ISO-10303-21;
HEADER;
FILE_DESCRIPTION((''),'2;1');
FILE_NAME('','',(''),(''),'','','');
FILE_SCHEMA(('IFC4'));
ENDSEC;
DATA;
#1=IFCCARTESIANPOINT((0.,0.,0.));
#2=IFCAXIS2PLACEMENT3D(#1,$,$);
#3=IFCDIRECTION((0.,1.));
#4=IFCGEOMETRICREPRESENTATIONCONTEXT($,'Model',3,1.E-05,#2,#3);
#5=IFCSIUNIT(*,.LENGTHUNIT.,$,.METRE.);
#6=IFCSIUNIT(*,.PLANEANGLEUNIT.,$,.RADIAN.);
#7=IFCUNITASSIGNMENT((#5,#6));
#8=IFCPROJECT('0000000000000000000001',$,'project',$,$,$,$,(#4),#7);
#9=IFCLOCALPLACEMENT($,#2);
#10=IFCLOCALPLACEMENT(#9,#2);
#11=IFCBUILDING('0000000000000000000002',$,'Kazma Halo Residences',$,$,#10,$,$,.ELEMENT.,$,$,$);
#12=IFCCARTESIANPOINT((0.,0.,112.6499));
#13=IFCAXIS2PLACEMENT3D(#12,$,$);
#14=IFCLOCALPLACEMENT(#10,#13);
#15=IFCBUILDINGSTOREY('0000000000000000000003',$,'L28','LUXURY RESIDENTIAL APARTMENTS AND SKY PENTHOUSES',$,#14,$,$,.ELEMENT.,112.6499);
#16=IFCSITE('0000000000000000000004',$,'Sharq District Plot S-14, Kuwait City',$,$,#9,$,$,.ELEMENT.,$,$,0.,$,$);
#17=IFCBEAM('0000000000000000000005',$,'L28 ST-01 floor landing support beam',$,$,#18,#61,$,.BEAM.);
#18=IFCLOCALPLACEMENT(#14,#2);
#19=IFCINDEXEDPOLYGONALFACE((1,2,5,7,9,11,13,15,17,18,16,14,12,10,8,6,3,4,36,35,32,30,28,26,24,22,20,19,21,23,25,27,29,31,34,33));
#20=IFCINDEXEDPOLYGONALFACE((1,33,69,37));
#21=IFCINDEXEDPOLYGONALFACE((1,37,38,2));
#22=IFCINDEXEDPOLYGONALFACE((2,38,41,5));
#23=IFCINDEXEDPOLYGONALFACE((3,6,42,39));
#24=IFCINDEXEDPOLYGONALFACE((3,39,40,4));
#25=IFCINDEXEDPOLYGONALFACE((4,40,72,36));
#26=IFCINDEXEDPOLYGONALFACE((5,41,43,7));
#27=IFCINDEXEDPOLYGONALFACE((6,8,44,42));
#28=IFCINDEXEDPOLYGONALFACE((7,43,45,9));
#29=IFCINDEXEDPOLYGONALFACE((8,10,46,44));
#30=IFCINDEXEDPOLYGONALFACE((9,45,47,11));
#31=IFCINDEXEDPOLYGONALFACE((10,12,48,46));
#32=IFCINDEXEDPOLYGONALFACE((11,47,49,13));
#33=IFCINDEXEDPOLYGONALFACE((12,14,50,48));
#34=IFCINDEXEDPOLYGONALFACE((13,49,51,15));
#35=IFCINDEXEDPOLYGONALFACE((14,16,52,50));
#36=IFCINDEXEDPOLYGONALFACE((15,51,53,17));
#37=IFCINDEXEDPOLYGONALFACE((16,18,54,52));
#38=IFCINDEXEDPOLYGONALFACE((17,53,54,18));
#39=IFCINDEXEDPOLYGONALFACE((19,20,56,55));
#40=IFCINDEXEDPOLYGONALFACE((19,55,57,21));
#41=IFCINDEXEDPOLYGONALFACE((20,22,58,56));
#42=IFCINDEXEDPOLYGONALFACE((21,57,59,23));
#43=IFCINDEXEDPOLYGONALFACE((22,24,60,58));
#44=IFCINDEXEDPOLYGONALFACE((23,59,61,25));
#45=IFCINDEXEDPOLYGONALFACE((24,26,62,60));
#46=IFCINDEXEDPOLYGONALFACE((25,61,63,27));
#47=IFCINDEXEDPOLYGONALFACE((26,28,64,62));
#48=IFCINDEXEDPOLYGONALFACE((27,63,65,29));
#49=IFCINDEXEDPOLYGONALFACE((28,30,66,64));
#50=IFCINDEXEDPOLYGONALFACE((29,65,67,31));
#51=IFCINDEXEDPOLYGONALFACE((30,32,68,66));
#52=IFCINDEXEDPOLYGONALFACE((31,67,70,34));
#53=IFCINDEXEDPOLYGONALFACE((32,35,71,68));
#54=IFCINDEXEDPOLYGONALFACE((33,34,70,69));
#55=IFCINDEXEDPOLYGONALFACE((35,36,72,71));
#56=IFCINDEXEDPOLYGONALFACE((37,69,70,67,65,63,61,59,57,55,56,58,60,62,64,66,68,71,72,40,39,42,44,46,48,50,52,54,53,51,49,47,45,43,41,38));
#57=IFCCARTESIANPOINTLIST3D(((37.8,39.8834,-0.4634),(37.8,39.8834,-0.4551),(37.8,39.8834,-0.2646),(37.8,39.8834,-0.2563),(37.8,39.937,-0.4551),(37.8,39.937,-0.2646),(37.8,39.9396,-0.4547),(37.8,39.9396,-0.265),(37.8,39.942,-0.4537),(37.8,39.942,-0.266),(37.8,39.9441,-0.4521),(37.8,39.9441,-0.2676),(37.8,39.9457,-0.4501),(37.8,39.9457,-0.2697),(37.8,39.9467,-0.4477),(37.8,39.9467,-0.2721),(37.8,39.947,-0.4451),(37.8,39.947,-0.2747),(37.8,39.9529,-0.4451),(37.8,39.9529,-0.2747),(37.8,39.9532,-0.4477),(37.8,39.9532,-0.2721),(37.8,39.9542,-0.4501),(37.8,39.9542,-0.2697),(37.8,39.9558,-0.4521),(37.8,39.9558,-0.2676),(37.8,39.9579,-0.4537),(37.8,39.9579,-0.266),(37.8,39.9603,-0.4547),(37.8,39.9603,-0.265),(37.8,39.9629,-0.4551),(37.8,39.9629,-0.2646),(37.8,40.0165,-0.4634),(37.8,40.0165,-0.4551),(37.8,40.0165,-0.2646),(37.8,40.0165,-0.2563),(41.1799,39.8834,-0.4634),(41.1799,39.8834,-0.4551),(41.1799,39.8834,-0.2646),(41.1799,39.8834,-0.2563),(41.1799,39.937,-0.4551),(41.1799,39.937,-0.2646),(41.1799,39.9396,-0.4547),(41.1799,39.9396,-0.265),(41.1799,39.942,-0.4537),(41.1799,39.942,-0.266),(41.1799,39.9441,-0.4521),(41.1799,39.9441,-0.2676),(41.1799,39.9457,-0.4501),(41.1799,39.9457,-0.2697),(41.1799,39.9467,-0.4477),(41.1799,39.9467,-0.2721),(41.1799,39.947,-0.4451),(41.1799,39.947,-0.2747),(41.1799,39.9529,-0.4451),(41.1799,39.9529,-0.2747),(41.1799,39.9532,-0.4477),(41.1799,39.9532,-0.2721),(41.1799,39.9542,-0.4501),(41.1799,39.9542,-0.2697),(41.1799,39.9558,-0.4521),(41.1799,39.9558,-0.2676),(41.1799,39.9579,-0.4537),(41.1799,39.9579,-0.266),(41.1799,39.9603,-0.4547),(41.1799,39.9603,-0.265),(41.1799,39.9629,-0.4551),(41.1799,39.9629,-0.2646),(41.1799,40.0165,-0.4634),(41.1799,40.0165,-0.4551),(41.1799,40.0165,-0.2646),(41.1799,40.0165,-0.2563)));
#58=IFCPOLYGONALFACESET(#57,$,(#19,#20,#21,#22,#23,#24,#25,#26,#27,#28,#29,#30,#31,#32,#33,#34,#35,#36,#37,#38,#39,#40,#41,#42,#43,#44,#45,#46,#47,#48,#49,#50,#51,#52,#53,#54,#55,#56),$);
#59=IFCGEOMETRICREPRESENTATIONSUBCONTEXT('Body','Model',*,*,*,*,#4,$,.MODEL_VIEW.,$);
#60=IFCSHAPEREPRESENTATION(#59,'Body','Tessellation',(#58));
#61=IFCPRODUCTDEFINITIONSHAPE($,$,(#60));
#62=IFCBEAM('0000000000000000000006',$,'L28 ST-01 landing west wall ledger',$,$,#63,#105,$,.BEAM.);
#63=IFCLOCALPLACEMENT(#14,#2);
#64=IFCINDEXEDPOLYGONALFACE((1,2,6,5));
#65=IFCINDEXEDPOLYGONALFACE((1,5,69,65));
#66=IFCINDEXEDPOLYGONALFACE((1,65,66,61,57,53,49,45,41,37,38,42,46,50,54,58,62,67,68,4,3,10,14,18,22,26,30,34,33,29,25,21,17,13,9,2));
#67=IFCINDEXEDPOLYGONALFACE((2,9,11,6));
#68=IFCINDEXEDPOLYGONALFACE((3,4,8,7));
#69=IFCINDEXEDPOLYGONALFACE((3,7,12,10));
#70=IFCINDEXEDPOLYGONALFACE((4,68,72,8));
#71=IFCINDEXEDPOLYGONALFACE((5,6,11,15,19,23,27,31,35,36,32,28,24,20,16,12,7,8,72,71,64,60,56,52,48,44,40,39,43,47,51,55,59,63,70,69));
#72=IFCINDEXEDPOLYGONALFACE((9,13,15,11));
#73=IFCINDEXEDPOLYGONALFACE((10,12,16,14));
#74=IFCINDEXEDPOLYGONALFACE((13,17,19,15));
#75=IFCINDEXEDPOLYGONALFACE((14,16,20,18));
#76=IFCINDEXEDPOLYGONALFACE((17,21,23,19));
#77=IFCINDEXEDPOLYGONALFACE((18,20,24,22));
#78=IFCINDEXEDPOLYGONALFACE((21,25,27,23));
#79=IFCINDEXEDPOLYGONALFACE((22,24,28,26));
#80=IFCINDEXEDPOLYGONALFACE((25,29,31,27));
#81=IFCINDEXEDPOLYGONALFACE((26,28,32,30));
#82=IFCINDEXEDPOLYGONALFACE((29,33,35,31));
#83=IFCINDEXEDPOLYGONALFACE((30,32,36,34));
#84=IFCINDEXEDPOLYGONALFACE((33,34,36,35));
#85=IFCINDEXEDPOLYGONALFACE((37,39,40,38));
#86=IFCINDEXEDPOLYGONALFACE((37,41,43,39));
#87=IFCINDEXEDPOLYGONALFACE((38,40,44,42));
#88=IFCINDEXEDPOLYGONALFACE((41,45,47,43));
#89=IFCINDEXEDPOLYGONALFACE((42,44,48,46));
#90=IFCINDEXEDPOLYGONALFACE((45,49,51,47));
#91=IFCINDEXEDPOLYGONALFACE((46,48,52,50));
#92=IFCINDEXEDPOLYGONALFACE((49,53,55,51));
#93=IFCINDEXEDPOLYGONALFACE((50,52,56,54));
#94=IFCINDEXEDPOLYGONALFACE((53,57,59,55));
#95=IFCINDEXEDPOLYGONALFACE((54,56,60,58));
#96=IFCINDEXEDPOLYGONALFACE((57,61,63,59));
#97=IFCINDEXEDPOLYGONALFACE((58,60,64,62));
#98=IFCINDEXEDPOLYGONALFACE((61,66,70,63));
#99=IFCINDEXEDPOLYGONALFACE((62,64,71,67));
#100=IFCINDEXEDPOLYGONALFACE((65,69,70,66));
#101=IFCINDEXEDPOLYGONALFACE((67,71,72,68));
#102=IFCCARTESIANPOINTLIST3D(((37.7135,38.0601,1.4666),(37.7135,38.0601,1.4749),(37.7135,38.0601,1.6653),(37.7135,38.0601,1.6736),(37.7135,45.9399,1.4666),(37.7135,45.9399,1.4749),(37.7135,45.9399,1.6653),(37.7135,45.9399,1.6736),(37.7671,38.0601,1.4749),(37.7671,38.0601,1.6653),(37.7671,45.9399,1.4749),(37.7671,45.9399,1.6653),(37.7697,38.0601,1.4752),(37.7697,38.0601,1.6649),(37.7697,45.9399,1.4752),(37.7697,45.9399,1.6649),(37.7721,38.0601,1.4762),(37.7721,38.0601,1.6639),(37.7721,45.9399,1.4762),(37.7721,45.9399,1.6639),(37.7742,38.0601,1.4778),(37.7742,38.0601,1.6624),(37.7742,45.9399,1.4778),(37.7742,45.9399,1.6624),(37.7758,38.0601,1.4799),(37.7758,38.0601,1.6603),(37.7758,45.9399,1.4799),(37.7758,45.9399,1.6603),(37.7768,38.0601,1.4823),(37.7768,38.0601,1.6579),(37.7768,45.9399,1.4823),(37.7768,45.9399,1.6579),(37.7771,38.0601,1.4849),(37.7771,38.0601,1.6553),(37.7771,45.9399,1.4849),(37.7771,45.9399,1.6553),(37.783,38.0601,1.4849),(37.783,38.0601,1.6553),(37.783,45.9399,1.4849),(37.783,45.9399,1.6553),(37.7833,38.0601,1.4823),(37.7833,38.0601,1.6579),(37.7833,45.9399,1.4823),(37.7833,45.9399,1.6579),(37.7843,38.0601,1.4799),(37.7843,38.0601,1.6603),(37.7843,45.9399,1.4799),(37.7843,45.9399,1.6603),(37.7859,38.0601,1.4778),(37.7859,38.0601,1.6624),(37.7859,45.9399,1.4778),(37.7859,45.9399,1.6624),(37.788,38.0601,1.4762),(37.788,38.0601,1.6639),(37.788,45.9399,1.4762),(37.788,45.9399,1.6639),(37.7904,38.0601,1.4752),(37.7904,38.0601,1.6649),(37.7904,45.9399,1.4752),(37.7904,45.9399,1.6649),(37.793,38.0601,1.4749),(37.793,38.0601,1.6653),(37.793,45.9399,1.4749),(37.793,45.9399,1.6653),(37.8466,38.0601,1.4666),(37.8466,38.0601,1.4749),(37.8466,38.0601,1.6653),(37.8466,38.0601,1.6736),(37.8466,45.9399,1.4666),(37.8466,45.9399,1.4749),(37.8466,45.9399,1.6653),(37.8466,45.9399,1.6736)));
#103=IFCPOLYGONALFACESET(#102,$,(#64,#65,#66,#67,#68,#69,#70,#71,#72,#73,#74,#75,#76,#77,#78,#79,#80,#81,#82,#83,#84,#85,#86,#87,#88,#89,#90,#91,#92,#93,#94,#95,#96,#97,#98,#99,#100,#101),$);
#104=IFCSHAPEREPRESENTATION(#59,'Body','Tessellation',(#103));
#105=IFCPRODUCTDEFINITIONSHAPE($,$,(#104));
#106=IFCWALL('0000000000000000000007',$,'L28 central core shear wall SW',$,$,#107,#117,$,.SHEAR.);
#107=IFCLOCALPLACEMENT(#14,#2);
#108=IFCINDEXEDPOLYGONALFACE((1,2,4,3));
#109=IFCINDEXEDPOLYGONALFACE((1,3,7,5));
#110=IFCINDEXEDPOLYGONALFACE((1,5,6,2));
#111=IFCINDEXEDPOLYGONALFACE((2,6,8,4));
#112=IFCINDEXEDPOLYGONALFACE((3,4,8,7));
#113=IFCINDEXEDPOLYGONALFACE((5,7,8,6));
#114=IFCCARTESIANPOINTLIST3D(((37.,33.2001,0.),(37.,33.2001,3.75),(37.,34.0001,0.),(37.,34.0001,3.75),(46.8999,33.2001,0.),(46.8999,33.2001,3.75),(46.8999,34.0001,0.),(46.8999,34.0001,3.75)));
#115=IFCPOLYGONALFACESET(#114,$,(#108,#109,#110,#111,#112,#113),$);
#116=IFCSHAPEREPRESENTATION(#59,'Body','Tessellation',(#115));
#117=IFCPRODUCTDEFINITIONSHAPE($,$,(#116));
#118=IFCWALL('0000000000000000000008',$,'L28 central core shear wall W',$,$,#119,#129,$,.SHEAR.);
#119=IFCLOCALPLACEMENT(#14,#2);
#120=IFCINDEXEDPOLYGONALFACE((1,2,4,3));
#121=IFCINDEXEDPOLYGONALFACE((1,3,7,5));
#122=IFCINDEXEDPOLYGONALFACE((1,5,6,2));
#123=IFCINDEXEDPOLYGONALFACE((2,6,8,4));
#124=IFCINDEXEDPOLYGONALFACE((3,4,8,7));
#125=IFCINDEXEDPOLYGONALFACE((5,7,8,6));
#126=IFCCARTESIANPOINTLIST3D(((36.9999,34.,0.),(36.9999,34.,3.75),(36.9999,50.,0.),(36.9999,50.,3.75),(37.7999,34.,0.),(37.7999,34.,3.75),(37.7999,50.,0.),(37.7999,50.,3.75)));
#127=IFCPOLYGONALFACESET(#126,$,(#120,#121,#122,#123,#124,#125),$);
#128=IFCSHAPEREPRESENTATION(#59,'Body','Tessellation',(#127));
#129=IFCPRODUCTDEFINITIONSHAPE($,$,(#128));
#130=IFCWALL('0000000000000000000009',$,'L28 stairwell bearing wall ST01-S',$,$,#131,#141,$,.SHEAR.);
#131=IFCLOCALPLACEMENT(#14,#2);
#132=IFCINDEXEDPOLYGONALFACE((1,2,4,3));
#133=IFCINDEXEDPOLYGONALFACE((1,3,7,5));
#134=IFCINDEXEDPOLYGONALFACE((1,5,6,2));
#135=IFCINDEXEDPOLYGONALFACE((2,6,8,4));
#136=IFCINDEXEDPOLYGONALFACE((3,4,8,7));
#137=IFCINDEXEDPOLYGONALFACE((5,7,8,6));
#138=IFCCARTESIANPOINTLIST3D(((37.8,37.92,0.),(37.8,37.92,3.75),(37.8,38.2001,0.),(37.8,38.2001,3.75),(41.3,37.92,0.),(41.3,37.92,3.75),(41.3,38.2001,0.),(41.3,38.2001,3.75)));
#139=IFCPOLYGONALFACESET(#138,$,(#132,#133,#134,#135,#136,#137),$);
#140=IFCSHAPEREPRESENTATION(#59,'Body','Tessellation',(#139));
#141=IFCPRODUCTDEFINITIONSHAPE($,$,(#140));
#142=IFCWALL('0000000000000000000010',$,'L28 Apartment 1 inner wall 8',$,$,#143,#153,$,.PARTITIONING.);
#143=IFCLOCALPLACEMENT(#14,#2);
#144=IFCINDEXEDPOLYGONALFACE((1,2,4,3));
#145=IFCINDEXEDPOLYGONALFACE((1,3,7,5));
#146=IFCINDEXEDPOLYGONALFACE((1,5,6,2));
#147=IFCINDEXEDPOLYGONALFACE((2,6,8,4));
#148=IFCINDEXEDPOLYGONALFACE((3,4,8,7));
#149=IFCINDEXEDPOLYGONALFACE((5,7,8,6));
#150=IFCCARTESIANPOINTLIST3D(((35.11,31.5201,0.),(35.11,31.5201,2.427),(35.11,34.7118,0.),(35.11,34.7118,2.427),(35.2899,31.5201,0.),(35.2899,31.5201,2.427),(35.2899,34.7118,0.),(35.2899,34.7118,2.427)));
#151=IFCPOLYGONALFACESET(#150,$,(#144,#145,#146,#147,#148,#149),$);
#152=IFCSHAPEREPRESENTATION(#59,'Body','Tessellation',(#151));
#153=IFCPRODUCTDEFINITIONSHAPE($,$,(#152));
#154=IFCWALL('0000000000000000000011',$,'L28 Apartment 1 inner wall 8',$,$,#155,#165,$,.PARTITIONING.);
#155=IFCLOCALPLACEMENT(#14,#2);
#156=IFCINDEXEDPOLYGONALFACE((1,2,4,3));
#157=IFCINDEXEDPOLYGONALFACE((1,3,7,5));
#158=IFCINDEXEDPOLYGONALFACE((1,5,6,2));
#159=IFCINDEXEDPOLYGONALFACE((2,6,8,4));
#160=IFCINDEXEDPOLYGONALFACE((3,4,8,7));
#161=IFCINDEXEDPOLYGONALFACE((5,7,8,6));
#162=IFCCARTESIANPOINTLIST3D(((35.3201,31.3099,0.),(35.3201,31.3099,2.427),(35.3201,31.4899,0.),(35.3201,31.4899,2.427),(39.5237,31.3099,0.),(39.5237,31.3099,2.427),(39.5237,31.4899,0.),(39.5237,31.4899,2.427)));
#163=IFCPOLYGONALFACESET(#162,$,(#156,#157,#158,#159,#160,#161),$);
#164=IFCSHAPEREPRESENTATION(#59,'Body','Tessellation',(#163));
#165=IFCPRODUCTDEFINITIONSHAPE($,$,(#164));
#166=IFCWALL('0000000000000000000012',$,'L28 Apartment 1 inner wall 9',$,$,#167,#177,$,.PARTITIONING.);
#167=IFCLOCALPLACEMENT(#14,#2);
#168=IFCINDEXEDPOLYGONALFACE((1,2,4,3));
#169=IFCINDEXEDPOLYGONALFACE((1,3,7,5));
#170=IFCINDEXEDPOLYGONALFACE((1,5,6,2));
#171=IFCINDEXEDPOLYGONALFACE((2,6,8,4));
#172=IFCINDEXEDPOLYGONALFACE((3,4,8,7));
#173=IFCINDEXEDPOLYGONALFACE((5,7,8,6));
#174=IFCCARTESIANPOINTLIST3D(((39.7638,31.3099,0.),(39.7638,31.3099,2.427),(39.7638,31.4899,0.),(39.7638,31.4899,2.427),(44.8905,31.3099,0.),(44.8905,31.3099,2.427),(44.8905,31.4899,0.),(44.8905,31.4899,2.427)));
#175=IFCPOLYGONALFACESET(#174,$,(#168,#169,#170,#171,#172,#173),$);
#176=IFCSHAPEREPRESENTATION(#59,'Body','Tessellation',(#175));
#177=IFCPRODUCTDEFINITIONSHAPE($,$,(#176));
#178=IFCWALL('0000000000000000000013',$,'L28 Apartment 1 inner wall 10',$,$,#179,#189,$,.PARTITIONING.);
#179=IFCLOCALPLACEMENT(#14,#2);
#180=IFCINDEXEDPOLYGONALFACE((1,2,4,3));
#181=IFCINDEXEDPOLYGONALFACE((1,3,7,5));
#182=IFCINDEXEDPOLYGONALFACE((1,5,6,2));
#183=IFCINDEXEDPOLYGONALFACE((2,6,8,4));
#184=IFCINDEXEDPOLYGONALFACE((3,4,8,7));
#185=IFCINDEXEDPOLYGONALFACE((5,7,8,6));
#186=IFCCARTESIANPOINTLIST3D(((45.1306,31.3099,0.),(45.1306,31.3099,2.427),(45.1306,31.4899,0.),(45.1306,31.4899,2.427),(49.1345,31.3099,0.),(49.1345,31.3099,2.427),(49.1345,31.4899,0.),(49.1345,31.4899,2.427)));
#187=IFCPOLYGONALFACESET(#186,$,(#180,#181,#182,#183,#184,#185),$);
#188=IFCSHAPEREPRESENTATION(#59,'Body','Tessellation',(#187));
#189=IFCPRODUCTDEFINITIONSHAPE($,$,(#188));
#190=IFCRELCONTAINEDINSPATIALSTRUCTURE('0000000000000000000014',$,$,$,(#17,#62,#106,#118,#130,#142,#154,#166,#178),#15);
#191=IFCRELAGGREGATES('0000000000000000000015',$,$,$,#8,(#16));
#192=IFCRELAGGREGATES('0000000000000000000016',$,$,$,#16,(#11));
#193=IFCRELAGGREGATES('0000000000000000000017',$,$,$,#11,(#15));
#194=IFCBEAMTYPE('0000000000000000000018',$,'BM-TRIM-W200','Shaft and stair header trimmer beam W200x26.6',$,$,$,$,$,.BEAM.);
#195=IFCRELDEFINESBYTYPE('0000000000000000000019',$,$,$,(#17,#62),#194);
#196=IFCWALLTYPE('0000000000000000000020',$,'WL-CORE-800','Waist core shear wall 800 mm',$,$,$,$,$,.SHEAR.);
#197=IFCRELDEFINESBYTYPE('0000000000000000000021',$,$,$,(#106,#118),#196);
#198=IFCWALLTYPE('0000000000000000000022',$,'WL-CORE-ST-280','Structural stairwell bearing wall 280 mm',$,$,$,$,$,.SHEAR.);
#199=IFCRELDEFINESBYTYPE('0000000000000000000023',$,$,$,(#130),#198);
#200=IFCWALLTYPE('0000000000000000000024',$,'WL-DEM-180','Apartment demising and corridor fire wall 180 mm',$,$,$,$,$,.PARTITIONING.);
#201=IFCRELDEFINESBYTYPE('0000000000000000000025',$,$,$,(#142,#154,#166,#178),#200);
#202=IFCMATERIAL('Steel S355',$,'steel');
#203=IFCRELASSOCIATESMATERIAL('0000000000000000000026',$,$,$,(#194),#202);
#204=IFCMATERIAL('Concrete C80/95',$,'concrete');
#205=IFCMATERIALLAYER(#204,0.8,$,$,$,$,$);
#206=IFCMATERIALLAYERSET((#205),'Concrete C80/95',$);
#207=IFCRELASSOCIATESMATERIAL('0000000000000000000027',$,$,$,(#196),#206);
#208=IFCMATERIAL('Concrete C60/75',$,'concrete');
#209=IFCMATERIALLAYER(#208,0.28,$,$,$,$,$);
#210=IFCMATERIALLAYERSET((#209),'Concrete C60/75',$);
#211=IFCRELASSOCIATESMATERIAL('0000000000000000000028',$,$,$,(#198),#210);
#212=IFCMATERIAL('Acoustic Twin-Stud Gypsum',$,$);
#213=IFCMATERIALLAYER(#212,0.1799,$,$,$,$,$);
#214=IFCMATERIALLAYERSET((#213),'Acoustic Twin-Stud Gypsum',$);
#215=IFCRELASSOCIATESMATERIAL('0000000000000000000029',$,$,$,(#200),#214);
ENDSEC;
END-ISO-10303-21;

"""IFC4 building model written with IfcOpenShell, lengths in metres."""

from ifc_helpers import new_model, si_unit, direction, frame, frame_2d, origin, origin_2d, place, context, subcontext, project, spatial, rectangle, i_section, extrude, material, layer, layer_set, material_profile, profile_set, type_object, element, save


model = new_model("IFC4")

# Units and contexts
model_context = context("Model", 3, precision=1e-05, world=origin(), true_north=direction((0.0, 1.0)))
body_context = subcontext(model_context, "Body", "Model", "MODEL_VIEW")
ifc_project = project(units=[si_unit("LENGTHUNIT", "METRE"), si_unit("PLANEANGLEUNIT", "RADIAN")], contexts=[model_context])

# Site, building, storey
site_placement = place(None, origin())
site = spatial("IfcSite", under=ifc_project, at=site_placement, Name="Sharq District Plot S-14, Kuwait City", CompositionType="ELEMENT", RefElevation=0.0)
building_placement = place(site_placement, origin())
building = spatial("IfcBuilding", under=site, at=building_placement, Name="Kazma Halo Residences", CompositionType="ELEMENT")
storey_placement = place(building_placement, frame((0.0, 0.0, 112.6499)))
storey = spatial("IfcBuildingStorey", under=building, at=storey_placement, Name="L28", Description="LUXURY RESIDENTIAL APARTMENTS AND SKY PENTHOUSES", CompositionType="ELEMENT", Elevation=112.6499)

# Beams
ifc_material_1 = material(Name="Steel S355", Category="steel")
ifc_material_profile_1 = material_profile(ifc_material_1, i_section(OverallWidth=0.1331, OverallDepth=0.207, WebThickness=0.0059, FlangeThickness=0.0083, FilletRadius=0.01, at=origin_2d()), Name="W200x26.6")
ifc_profile_set_1 = profile_set([ifc_material_profile_1], Name="Steel S355")
beam_type_1 = type_object("IfcBeamType", Name="BM-TRIM-W200", Description="Shaft and stair header trimmer beam W200x26.6", PredefinedType="BEAM", material=ifc_profile_set_1)
beam_1_placement = place(storey_placement, frame((37.8, 39.95, -0.3599), z_axis=(1.0, 0.0, 0.0), x_axis=(0.0, 1.0, 0.0)))
element("IfcBeam", 1, at=beam_1_placement, inside=storey, type_object=beam_type_1, Name="L28 ST-01 floor landing support beam", PredefinedType="BEAM", context=body_context, shape_type="SweptSolid", body=[
    extrude(i_section(OverallWidth=0.1331, OverallDepth=0.207, WebThickness=0.0059, FlangeThickness=0.0083, FilletRadius=0.01, at=origin_2d()), origin(), (0.0, 0.0, 1.0), 3.3799),
])
beam_2_placement = place(storey_placement, frame((37.78, 38.0601, 1.5701), z_axis=(0.0, 1.0, 0.0), x_axis=(-1.0, 0.0, 0.0)))
element("IfcBeam", 2, at=beam_2_placement, inside=storey, type_object=beam_type_1, Name="L28 ST-01 landing west wall ledger", PredefinedType="BEAM", context=body_context, shape_type="SweptSolid", body=[
    extrude(i_section(OverallWidth=0.1331, OverallDepth=0.207, WebThickness=0.0059, FlangeThickness=0.0083, FilletRadius=0.01, at=origin_2d()), origin(), (0.0, 0.0, 1.0), 7.8799),
])

# Walls
ifc_material_2 = material(Name="Concrete C80/95", Category="concrete")
ifc_layer_1 = layer(ifc_material_2, 0.8)
ifc_layer_set_1 = layer_set([ifc_layer_1], Name="Concrete C80/95")
wall_type_1 = type_object("IfcWallType", Name="WL-CORE-800", Description="Waist core shear wall 800 mm", PredefinedType="SHEAR", material=ifc_layer_set_1)
wall_1_placement = place(storey_placement, frame((37.0, 33.6001, 0.0), z_axis=(0.0, 0.0, 1.0), x_axis=(1.0, 0.0, 0.0)))
element("IfcWall", 3, at=wall_1_placement, inside=storey, type_object=wall_type_1, Name="L28 central core shear wall SW", PredefinedType="SHEAR", context=body_context, shape_type="SweptSolid", body=[
    extrude(rectangle(XDim=9.8999, YDim=0.8, at=frame_2d((4.95, 0.0))), origin(), (0.0, 0.0, 1.0), 3.75),
])
wall_2_placement = place(storey_placement, frame((37.3999, 34.0, 0.0), z_axis=(0.0, 0.0, 1.0), x_axis=(0.0, 1.0, 0.0)))
element("IfcWall", 4, at=wall_2_placement, inside=storey, type_object=wall_type_1, Name="L28 central core shear wall W", PredefinedType="SHEAR", context=body_context, shape_type="SweptSolid", body=[
    extrude(rectangle(XDim=16.0, YDim=0.8, at=frame_2d((8.0, 0.0))), origin(), (0.0, 0.0, 1.0), 3.75),
])
ifc_material_3 = material(Name="Concrete C60/75", Category="concrete")
ifc_layer_2 = layer(ifc_material_3, 0.28)
ifc_layer_set_2 = layer_set([ifc_layer_2], Name="Concrete C60/75")
wall_type_2 = type_object("IfcWallType", Name="WL-CORE-ST-280", Description="Structural stairwell bearing wall 280 mm", PredefinedType="SHEAR", material=ifc_layer_set_2)
wall_3_placement = place(storey_placement, frame((37.8, 38.0601, 0.0), z_axis=(0.0, 0.0, 1.0), x_axis=(1.0, 0.0, 0.0)))
element("IfcWall", 5, at=wall_3_placement, inside=storey, type_object=wall_type_2, Name="L28 stairwell bearing wall ST01-S", PredefinedType="SHEAR", context=body_context, shape_type="SweptSolid", body=[
    extrude(rectangle(XDim=3.5, YDim=0.28, at=frame_2d((1.75, 0.0))), origin(), (0.0, 0.0, 1.0), 3.75),
])
ifc_material_4 = material(Name="Acoustic Twin-Stud Gypsum")
ifc_layer_3 = layer(ifc_material_4, 0.1799)
ifc_layer_set_3 = layer_set([ifc_layer_3], Name="Acoustic Twin-Stud Gypsum")
wall_type_3 = type_object("IfcWallType", Name="WL-DEM-180", Description="Apartment demising and corridor fire wall 180 mm", PredefinedType="PARTITIONING", material=ifc_layer_set_3)
wall_4_placement = place(storey_placement, frame((35.2, 34.7117, 0.0), z_axis=(0.0, 0.0, 1.0), x_axis=(0.0, -1.0, 0.0)))
element("IfcWall", 6, at=wall_4_placement, inside=storey, type_object=wall_type_3, Name="L28 Apartment 1 inner wall 8", PredefinedType="PARTITIONING", context=body_context, shape_type="SweptSolid", body=[
    extrude(rectangle(XDim=3.1917, YDim=0.1799, at=frame_2d((1.5957, 0.0))), origin(), (0.0, 0.0, 1.0), 2.427),
])
wall_5_placement = place(storey_placement, frame((35.3201, 31.3999, 0.0), z_axis=(0.0, 0.0, 1.0), x_axis=(1.0, 0.0, 0.0)))
element("IfcWall", 7, at=wall_5_placement, inside=storey, type_object=wall_type_3, Name="L28 Apartment 1 inner wall 8", PredefinedType="PARTITIONING", context=body_context, shape_type="SweptSolid", body=[
    extrude(rectangle(XDim=4.2036, YDim=0.1799, at=frame_2d((2.1018, 0.0))), origin(), (0.0, 0.0, 1.0), 2.427),
])
wall_6_placement = place(storey_placement, frame((39.7637, 31.3999, 0.0), z_axis=(0.0, 0.0, 1.0), x_axis=(1.0, 0.0, 0.0)))
element("IfcWall", 8, at=wall_6_placement, inside=storey, type_object=wall_type_3, Name="L28 Apartment 1 inner wall 9", PredefinedType="PARTITIONING", context=body_context, shape_type="SweptSolid", body=[
    extrude(rectangle(XDim=5.1267, YDim=0.1799, at=frame_2d((2.5635, 0.0))), origin(), (0.0, 0.0, 1.0), 2.427),
])
wall_7_placement = place(storey_placement, frame((45.1306, 31.3999, 0.0), z_axis=(0.0, 0.0, 1.0), x_axis=(1.0, 0.0, 0.0)))
element("IfcWall", 9, at=wall_7_placement, inside=storey, type_object=wall_type_3, Name="L28 Apartment 1 inner wall 10", PredefinedType="PARTITIONING", context=body_context, shape_type="SweptSolid", body=[
    extrude(rectangle(XDim=4.0039, YDim=0.1799, at=frame_2d((2.002, 0.0))), origin(), (0.0, 0.0, 1.0), 2.427),
])

save(model, "model.ifc")
